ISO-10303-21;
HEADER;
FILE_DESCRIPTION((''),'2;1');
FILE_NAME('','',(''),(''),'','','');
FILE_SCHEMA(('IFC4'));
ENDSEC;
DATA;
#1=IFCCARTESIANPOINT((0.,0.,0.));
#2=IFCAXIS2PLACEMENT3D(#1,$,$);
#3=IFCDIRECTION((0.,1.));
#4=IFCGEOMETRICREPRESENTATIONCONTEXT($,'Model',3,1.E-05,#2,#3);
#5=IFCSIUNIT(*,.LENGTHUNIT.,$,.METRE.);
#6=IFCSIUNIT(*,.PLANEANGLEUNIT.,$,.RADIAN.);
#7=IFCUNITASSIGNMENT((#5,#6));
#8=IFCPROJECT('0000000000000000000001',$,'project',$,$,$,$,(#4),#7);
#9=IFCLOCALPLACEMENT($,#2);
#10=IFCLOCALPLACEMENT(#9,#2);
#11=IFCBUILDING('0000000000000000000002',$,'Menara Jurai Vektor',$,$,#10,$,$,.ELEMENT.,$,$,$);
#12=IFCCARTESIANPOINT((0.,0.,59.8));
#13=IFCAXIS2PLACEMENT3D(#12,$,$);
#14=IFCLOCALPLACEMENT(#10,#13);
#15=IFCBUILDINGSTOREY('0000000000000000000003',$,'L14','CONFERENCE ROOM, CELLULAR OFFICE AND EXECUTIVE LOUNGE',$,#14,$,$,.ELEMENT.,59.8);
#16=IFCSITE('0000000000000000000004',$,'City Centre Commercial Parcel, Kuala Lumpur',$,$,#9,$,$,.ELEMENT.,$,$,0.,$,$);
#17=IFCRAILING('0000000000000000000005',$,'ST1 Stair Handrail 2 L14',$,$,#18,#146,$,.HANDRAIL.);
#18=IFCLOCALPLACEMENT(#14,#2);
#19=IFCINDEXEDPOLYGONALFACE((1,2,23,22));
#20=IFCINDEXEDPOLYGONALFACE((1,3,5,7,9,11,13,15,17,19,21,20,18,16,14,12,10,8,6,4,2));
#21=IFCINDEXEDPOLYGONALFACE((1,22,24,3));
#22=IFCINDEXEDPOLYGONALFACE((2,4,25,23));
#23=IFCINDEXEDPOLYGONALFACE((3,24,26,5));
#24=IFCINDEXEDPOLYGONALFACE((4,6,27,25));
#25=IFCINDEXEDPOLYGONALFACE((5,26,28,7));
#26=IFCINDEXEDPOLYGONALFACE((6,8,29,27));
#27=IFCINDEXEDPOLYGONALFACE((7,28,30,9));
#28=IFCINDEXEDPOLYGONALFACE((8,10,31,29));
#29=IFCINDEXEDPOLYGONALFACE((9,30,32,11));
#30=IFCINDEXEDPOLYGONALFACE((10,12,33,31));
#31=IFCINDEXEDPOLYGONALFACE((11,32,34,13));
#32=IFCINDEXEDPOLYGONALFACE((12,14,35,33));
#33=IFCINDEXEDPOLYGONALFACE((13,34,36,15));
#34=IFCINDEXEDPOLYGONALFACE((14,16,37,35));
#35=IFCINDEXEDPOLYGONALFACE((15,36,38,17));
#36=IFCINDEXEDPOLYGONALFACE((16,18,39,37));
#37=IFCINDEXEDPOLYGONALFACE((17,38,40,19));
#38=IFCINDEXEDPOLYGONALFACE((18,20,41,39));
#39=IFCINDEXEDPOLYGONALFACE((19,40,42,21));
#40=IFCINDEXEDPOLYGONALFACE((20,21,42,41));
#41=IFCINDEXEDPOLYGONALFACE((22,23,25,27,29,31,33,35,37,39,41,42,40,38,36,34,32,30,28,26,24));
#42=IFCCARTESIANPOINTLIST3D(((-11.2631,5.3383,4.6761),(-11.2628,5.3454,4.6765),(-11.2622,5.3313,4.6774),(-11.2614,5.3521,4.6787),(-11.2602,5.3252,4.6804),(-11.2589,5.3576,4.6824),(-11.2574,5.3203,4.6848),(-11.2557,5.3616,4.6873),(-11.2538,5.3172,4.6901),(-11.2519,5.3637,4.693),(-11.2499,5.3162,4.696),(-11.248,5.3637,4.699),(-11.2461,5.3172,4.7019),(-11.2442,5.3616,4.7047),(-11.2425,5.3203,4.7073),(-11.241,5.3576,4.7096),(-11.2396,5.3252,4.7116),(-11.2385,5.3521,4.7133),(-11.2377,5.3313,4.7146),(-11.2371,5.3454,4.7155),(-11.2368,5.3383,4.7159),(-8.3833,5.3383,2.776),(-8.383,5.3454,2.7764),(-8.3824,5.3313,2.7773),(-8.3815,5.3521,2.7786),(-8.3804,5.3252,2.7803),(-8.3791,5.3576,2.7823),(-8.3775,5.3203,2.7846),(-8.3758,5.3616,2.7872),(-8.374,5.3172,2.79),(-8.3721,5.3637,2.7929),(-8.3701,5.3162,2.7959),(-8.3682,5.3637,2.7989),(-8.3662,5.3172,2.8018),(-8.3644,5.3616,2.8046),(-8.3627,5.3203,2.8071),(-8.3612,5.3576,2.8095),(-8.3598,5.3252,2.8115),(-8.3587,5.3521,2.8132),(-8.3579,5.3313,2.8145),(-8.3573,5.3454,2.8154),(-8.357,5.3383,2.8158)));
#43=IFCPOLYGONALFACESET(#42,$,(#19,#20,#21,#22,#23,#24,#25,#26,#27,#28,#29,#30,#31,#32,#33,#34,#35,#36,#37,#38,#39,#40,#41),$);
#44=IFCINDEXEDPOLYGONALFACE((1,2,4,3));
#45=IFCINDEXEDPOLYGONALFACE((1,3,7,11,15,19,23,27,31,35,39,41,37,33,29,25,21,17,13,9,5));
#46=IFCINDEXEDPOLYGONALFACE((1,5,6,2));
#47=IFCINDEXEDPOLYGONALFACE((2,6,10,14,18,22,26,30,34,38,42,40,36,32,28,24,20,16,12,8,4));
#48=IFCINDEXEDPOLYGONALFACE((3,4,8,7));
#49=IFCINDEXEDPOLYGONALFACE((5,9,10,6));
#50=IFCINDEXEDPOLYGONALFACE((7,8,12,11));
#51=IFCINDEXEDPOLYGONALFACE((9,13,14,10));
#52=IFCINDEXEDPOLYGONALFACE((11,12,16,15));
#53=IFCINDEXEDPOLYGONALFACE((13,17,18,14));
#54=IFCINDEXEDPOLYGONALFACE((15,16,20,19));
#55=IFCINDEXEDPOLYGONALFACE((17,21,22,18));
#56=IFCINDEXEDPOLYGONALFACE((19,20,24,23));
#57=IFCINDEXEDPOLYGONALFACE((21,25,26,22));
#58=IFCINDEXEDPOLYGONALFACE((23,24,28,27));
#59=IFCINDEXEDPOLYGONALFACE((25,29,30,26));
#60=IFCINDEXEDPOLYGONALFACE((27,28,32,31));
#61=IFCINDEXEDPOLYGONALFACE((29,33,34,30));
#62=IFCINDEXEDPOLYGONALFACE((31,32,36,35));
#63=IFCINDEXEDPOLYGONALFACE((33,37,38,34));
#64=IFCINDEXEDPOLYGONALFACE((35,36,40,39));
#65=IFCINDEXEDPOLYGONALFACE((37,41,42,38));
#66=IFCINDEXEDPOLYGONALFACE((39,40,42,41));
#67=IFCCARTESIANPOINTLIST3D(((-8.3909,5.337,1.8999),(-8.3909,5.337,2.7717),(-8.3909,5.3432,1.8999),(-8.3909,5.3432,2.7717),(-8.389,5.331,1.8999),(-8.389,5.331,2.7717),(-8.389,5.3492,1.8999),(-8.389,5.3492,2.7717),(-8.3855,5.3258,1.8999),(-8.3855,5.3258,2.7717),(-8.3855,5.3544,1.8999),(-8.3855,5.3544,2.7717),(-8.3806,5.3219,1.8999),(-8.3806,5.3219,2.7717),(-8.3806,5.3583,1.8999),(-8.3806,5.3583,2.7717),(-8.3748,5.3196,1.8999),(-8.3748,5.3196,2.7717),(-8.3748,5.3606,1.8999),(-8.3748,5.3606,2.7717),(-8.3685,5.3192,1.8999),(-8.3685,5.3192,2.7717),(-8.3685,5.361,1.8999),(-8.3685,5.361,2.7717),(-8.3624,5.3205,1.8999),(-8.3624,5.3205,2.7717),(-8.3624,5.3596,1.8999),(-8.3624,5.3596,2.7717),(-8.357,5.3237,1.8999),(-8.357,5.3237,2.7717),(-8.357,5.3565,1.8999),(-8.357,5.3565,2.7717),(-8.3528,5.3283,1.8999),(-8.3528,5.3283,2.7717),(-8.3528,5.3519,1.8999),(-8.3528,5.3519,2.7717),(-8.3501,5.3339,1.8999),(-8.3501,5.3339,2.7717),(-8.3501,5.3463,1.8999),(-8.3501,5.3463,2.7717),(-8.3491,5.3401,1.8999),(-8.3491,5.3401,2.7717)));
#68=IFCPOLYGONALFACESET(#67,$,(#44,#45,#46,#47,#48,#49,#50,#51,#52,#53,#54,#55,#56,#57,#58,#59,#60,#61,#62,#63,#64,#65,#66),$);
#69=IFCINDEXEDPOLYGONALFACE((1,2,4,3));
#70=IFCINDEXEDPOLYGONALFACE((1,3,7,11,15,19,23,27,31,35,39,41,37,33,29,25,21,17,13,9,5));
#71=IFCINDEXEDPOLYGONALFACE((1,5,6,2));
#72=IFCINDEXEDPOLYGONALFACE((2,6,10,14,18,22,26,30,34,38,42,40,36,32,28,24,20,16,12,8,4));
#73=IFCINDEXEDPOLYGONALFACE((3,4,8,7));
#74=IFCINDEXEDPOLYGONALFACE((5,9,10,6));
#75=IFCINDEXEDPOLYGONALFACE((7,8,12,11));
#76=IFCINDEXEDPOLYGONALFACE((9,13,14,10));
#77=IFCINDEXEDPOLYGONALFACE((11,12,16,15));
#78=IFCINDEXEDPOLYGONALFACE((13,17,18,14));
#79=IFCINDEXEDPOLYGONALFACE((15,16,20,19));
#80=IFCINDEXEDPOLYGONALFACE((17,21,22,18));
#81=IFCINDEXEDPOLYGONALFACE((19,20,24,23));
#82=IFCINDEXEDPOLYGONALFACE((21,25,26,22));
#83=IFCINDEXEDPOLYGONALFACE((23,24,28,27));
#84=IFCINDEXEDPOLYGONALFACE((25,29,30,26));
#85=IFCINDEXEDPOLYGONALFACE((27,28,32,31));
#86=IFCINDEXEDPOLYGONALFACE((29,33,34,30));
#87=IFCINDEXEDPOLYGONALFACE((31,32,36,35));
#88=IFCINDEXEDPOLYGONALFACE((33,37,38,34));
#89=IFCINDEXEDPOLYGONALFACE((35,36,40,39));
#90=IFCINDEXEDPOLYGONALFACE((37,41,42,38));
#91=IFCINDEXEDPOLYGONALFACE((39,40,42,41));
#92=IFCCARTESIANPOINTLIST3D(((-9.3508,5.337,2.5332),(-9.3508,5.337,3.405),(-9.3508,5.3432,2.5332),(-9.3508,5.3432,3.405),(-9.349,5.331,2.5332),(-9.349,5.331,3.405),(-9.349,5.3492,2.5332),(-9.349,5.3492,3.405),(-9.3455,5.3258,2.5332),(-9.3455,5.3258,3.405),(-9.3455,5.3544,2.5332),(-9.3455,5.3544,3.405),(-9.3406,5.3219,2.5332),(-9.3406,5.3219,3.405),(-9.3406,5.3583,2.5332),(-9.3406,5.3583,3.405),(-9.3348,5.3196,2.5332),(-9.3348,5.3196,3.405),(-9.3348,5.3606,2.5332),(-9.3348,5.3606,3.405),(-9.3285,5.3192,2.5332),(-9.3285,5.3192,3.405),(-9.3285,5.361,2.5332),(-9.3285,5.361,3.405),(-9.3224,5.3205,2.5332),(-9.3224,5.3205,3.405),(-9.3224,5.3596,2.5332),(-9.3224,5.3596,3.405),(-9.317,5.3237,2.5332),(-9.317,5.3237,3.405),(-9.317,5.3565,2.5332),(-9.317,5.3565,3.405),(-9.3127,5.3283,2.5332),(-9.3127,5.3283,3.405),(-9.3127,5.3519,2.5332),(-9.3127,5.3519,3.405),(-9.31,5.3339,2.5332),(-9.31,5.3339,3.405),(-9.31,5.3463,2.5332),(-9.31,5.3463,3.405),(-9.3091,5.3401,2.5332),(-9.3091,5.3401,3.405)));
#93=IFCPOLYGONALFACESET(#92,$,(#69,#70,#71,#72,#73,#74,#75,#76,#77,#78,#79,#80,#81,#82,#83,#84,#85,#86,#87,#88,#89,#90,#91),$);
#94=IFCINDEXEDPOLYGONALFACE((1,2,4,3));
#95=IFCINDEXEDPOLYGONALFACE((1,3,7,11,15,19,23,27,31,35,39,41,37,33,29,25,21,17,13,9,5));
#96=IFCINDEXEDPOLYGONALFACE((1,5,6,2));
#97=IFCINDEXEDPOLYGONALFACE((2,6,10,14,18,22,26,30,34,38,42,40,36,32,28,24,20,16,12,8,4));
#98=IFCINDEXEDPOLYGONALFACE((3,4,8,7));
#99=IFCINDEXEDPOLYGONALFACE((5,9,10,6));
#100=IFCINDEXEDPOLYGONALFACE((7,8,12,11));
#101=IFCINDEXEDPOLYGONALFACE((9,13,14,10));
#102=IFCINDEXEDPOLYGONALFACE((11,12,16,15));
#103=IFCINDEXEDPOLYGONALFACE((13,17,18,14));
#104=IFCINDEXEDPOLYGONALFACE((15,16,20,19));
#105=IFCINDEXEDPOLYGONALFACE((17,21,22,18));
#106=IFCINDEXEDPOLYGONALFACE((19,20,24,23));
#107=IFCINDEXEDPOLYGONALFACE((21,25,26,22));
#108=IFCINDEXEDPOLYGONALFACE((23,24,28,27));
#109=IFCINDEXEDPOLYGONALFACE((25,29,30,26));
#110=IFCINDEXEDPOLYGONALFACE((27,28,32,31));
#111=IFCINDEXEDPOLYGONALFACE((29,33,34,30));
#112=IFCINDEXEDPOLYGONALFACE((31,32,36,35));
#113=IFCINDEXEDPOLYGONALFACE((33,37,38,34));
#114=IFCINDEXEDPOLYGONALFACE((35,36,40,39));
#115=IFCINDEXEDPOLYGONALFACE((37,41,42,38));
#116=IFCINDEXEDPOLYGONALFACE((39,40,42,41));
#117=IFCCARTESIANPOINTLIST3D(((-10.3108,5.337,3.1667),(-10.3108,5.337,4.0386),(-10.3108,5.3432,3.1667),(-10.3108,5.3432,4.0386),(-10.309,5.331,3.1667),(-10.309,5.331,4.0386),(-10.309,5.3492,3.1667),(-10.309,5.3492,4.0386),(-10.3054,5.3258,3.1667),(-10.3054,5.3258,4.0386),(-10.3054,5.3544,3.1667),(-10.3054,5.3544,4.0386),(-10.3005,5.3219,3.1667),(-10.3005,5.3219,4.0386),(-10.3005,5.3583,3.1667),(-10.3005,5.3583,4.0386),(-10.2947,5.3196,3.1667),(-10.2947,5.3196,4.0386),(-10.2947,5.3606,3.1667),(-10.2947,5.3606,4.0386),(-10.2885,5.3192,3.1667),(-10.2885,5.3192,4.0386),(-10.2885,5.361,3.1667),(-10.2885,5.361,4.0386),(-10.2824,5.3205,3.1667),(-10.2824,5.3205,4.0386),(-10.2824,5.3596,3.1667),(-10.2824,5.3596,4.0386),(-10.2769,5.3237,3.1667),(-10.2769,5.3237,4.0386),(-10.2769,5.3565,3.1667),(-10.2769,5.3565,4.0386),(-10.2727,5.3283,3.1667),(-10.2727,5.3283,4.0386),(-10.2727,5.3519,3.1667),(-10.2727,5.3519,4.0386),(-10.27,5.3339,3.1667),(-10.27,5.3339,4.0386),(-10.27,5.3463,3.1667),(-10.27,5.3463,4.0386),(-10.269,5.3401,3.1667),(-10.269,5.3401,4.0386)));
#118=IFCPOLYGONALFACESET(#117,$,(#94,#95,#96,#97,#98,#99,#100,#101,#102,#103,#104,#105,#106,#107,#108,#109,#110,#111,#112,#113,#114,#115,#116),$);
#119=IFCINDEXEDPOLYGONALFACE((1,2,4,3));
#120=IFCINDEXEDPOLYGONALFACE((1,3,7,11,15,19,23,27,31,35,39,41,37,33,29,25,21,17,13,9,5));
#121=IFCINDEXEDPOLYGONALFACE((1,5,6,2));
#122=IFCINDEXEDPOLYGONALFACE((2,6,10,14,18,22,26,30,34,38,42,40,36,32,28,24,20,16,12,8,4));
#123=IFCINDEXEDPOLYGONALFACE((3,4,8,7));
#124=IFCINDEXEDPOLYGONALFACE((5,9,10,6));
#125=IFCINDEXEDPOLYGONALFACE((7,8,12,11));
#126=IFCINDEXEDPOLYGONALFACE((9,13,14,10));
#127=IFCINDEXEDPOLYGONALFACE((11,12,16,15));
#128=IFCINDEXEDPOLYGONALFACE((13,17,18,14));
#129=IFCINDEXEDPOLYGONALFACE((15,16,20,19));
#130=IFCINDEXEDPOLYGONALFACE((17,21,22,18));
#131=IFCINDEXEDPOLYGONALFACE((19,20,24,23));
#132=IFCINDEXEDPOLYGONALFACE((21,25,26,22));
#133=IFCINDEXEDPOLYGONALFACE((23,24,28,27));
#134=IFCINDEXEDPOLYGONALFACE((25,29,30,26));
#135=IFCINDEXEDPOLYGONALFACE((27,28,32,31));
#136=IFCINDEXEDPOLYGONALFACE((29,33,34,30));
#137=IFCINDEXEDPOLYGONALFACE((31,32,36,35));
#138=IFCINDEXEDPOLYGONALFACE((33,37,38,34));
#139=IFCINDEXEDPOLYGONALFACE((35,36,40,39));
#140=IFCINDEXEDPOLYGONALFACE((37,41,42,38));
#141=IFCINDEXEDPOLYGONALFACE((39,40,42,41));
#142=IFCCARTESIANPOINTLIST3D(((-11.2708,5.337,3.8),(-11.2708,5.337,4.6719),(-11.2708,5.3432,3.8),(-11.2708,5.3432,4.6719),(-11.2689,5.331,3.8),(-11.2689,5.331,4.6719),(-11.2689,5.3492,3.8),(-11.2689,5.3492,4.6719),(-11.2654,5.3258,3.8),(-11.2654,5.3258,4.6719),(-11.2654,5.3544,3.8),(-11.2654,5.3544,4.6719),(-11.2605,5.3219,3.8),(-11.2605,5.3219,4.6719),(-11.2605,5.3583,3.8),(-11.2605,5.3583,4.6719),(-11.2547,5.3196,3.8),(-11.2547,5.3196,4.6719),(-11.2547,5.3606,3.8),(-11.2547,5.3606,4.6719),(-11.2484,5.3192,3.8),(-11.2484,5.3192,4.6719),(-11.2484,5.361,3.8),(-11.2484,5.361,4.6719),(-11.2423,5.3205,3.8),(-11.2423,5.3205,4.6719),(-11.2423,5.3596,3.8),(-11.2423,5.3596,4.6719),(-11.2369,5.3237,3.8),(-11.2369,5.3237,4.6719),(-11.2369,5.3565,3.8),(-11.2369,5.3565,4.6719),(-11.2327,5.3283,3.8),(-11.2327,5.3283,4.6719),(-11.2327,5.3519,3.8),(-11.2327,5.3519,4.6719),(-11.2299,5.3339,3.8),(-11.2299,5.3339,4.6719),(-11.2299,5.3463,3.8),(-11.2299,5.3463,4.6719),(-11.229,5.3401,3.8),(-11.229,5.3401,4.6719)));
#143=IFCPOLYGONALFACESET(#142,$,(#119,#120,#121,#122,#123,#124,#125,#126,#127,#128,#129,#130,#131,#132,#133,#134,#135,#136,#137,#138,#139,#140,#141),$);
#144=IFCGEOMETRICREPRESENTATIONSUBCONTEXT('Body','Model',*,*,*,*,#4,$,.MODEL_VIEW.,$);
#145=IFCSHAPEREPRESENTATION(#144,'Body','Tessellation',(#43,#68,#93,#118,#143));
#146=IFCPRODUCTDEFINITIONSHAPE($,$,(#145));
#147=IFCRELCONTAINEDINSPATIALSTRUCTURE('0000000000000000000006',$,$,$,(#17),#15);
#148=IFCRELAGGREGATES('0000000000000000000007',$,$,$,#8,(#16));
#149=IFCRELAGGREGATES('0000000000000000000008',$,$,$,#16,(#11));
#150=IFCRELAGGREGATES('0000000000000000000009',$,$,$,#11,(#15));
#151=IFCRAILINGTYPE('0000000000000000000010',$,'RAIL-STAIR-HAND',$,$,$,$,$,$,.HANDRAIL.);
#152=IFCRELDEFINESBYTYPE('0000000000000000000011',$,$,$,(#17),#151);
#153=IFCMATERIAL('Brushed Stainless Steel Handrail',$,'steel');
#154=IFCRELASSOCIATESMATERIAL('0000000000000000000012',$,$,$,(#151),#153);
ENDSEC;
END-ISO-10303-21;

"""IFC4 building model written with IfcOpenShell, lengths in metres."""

from ifc_helpers import new_model, si_unit, direction, frame, origin, origin_2d, place, context, subcontext, project, spatial, circle, extrude, material, type_object, element, save


model = new_model("IFC4")

# Units and contexts
model_context = context("Model", 3, precision=1e-05, world=origin(), true_north=direction((0.0, 1.0)))
body_context = subcontext(model_context, "Body", "Model", "MODEL_VIEW")
ifc_project = project(units=[si_unit("LENGTHUNIT", "METRE"), si_unit("PLANEANGLEUNIT", "RADIAN")], contexts=[model_context])

# Site, building, storey
site_placement = place(None, origin())
site = spatial("IfcSite", under=ifc_project, at=site_placement, Name="City Centre Commercial Parcel, Kuala Lumpur", CompositionType="ELEMENT", RefElevation=0.0)
building_placement = place(site_placement, origin())
building = spatial("IfcBuilding", under=site, at=building_placement, Name="Menara Jurai Vektor", CompositionType="ELEMENT")
storey_placement = place(building_placement, frame((0.0, 0.0, 59.8)))
storey = spatial("IfcBuildingStorey", under=building, at=storey_placement, Name="L14", Description="CONFERENCE ROOM, CELLULAR OFFICE AND EXECUTIVE LOUNGE", CompositionType="ELEMENT", Elevation=59.8)

# Railing
ifc_material_1 = material(Name="Brushed Stainless Steel Handrail", Category="steel")
railing_type_1 = type_object("IfcRailingType", Name="RAIL-STAIR-HAND", PredefinedType="HANDRAIL", material=ifc_material_1)
railing_1_placement = place(storey_placement, frame((-8.3701, 5.3401, 1.8999)))
element("IfcRailing", 1, at=railing_1_placement, inside=storey, type_object=railing_type_1, Name="ST1 Stair Handrail 2 L14", PredefinedType="HANDRAIL", context=body_context, shape_type="SweptSolid", body=[
    extrude(circle(Radius=0.0239, at=origin_2d()), frame((0.0, 0.0, 0.896), z_axis=(-0.834686, 0.0, 0.550726), x_axis=(0.0, -1.0, 0.0)), (0.0, 0.0, 1.0), 3.4502),
    extrude(circle(Radius=0.021, at=origin_2d()), origin(), (0.0, 0.0, 1.0), 0.8718),
    extrude(circle(Radius=0.021, at=origin_2d()), frame((-0.96, 0.0, 0.6333)), (0.0, 0.0, 1.0), 0.8718),
    extrude(circle(Radius=0.021, at=origin_2d()), frame((-1.9199, 0.0, 1.2668)), (0.0, 0.0, 1.0), 0.8718),
    extrude(circle(Radius=0.021, at=origin_2d()), frame((-2.8799, 0.0, 1.9001)), (0.0, 0.0, 1.0), 0.8718),
])

save(model, "model.ifc")
